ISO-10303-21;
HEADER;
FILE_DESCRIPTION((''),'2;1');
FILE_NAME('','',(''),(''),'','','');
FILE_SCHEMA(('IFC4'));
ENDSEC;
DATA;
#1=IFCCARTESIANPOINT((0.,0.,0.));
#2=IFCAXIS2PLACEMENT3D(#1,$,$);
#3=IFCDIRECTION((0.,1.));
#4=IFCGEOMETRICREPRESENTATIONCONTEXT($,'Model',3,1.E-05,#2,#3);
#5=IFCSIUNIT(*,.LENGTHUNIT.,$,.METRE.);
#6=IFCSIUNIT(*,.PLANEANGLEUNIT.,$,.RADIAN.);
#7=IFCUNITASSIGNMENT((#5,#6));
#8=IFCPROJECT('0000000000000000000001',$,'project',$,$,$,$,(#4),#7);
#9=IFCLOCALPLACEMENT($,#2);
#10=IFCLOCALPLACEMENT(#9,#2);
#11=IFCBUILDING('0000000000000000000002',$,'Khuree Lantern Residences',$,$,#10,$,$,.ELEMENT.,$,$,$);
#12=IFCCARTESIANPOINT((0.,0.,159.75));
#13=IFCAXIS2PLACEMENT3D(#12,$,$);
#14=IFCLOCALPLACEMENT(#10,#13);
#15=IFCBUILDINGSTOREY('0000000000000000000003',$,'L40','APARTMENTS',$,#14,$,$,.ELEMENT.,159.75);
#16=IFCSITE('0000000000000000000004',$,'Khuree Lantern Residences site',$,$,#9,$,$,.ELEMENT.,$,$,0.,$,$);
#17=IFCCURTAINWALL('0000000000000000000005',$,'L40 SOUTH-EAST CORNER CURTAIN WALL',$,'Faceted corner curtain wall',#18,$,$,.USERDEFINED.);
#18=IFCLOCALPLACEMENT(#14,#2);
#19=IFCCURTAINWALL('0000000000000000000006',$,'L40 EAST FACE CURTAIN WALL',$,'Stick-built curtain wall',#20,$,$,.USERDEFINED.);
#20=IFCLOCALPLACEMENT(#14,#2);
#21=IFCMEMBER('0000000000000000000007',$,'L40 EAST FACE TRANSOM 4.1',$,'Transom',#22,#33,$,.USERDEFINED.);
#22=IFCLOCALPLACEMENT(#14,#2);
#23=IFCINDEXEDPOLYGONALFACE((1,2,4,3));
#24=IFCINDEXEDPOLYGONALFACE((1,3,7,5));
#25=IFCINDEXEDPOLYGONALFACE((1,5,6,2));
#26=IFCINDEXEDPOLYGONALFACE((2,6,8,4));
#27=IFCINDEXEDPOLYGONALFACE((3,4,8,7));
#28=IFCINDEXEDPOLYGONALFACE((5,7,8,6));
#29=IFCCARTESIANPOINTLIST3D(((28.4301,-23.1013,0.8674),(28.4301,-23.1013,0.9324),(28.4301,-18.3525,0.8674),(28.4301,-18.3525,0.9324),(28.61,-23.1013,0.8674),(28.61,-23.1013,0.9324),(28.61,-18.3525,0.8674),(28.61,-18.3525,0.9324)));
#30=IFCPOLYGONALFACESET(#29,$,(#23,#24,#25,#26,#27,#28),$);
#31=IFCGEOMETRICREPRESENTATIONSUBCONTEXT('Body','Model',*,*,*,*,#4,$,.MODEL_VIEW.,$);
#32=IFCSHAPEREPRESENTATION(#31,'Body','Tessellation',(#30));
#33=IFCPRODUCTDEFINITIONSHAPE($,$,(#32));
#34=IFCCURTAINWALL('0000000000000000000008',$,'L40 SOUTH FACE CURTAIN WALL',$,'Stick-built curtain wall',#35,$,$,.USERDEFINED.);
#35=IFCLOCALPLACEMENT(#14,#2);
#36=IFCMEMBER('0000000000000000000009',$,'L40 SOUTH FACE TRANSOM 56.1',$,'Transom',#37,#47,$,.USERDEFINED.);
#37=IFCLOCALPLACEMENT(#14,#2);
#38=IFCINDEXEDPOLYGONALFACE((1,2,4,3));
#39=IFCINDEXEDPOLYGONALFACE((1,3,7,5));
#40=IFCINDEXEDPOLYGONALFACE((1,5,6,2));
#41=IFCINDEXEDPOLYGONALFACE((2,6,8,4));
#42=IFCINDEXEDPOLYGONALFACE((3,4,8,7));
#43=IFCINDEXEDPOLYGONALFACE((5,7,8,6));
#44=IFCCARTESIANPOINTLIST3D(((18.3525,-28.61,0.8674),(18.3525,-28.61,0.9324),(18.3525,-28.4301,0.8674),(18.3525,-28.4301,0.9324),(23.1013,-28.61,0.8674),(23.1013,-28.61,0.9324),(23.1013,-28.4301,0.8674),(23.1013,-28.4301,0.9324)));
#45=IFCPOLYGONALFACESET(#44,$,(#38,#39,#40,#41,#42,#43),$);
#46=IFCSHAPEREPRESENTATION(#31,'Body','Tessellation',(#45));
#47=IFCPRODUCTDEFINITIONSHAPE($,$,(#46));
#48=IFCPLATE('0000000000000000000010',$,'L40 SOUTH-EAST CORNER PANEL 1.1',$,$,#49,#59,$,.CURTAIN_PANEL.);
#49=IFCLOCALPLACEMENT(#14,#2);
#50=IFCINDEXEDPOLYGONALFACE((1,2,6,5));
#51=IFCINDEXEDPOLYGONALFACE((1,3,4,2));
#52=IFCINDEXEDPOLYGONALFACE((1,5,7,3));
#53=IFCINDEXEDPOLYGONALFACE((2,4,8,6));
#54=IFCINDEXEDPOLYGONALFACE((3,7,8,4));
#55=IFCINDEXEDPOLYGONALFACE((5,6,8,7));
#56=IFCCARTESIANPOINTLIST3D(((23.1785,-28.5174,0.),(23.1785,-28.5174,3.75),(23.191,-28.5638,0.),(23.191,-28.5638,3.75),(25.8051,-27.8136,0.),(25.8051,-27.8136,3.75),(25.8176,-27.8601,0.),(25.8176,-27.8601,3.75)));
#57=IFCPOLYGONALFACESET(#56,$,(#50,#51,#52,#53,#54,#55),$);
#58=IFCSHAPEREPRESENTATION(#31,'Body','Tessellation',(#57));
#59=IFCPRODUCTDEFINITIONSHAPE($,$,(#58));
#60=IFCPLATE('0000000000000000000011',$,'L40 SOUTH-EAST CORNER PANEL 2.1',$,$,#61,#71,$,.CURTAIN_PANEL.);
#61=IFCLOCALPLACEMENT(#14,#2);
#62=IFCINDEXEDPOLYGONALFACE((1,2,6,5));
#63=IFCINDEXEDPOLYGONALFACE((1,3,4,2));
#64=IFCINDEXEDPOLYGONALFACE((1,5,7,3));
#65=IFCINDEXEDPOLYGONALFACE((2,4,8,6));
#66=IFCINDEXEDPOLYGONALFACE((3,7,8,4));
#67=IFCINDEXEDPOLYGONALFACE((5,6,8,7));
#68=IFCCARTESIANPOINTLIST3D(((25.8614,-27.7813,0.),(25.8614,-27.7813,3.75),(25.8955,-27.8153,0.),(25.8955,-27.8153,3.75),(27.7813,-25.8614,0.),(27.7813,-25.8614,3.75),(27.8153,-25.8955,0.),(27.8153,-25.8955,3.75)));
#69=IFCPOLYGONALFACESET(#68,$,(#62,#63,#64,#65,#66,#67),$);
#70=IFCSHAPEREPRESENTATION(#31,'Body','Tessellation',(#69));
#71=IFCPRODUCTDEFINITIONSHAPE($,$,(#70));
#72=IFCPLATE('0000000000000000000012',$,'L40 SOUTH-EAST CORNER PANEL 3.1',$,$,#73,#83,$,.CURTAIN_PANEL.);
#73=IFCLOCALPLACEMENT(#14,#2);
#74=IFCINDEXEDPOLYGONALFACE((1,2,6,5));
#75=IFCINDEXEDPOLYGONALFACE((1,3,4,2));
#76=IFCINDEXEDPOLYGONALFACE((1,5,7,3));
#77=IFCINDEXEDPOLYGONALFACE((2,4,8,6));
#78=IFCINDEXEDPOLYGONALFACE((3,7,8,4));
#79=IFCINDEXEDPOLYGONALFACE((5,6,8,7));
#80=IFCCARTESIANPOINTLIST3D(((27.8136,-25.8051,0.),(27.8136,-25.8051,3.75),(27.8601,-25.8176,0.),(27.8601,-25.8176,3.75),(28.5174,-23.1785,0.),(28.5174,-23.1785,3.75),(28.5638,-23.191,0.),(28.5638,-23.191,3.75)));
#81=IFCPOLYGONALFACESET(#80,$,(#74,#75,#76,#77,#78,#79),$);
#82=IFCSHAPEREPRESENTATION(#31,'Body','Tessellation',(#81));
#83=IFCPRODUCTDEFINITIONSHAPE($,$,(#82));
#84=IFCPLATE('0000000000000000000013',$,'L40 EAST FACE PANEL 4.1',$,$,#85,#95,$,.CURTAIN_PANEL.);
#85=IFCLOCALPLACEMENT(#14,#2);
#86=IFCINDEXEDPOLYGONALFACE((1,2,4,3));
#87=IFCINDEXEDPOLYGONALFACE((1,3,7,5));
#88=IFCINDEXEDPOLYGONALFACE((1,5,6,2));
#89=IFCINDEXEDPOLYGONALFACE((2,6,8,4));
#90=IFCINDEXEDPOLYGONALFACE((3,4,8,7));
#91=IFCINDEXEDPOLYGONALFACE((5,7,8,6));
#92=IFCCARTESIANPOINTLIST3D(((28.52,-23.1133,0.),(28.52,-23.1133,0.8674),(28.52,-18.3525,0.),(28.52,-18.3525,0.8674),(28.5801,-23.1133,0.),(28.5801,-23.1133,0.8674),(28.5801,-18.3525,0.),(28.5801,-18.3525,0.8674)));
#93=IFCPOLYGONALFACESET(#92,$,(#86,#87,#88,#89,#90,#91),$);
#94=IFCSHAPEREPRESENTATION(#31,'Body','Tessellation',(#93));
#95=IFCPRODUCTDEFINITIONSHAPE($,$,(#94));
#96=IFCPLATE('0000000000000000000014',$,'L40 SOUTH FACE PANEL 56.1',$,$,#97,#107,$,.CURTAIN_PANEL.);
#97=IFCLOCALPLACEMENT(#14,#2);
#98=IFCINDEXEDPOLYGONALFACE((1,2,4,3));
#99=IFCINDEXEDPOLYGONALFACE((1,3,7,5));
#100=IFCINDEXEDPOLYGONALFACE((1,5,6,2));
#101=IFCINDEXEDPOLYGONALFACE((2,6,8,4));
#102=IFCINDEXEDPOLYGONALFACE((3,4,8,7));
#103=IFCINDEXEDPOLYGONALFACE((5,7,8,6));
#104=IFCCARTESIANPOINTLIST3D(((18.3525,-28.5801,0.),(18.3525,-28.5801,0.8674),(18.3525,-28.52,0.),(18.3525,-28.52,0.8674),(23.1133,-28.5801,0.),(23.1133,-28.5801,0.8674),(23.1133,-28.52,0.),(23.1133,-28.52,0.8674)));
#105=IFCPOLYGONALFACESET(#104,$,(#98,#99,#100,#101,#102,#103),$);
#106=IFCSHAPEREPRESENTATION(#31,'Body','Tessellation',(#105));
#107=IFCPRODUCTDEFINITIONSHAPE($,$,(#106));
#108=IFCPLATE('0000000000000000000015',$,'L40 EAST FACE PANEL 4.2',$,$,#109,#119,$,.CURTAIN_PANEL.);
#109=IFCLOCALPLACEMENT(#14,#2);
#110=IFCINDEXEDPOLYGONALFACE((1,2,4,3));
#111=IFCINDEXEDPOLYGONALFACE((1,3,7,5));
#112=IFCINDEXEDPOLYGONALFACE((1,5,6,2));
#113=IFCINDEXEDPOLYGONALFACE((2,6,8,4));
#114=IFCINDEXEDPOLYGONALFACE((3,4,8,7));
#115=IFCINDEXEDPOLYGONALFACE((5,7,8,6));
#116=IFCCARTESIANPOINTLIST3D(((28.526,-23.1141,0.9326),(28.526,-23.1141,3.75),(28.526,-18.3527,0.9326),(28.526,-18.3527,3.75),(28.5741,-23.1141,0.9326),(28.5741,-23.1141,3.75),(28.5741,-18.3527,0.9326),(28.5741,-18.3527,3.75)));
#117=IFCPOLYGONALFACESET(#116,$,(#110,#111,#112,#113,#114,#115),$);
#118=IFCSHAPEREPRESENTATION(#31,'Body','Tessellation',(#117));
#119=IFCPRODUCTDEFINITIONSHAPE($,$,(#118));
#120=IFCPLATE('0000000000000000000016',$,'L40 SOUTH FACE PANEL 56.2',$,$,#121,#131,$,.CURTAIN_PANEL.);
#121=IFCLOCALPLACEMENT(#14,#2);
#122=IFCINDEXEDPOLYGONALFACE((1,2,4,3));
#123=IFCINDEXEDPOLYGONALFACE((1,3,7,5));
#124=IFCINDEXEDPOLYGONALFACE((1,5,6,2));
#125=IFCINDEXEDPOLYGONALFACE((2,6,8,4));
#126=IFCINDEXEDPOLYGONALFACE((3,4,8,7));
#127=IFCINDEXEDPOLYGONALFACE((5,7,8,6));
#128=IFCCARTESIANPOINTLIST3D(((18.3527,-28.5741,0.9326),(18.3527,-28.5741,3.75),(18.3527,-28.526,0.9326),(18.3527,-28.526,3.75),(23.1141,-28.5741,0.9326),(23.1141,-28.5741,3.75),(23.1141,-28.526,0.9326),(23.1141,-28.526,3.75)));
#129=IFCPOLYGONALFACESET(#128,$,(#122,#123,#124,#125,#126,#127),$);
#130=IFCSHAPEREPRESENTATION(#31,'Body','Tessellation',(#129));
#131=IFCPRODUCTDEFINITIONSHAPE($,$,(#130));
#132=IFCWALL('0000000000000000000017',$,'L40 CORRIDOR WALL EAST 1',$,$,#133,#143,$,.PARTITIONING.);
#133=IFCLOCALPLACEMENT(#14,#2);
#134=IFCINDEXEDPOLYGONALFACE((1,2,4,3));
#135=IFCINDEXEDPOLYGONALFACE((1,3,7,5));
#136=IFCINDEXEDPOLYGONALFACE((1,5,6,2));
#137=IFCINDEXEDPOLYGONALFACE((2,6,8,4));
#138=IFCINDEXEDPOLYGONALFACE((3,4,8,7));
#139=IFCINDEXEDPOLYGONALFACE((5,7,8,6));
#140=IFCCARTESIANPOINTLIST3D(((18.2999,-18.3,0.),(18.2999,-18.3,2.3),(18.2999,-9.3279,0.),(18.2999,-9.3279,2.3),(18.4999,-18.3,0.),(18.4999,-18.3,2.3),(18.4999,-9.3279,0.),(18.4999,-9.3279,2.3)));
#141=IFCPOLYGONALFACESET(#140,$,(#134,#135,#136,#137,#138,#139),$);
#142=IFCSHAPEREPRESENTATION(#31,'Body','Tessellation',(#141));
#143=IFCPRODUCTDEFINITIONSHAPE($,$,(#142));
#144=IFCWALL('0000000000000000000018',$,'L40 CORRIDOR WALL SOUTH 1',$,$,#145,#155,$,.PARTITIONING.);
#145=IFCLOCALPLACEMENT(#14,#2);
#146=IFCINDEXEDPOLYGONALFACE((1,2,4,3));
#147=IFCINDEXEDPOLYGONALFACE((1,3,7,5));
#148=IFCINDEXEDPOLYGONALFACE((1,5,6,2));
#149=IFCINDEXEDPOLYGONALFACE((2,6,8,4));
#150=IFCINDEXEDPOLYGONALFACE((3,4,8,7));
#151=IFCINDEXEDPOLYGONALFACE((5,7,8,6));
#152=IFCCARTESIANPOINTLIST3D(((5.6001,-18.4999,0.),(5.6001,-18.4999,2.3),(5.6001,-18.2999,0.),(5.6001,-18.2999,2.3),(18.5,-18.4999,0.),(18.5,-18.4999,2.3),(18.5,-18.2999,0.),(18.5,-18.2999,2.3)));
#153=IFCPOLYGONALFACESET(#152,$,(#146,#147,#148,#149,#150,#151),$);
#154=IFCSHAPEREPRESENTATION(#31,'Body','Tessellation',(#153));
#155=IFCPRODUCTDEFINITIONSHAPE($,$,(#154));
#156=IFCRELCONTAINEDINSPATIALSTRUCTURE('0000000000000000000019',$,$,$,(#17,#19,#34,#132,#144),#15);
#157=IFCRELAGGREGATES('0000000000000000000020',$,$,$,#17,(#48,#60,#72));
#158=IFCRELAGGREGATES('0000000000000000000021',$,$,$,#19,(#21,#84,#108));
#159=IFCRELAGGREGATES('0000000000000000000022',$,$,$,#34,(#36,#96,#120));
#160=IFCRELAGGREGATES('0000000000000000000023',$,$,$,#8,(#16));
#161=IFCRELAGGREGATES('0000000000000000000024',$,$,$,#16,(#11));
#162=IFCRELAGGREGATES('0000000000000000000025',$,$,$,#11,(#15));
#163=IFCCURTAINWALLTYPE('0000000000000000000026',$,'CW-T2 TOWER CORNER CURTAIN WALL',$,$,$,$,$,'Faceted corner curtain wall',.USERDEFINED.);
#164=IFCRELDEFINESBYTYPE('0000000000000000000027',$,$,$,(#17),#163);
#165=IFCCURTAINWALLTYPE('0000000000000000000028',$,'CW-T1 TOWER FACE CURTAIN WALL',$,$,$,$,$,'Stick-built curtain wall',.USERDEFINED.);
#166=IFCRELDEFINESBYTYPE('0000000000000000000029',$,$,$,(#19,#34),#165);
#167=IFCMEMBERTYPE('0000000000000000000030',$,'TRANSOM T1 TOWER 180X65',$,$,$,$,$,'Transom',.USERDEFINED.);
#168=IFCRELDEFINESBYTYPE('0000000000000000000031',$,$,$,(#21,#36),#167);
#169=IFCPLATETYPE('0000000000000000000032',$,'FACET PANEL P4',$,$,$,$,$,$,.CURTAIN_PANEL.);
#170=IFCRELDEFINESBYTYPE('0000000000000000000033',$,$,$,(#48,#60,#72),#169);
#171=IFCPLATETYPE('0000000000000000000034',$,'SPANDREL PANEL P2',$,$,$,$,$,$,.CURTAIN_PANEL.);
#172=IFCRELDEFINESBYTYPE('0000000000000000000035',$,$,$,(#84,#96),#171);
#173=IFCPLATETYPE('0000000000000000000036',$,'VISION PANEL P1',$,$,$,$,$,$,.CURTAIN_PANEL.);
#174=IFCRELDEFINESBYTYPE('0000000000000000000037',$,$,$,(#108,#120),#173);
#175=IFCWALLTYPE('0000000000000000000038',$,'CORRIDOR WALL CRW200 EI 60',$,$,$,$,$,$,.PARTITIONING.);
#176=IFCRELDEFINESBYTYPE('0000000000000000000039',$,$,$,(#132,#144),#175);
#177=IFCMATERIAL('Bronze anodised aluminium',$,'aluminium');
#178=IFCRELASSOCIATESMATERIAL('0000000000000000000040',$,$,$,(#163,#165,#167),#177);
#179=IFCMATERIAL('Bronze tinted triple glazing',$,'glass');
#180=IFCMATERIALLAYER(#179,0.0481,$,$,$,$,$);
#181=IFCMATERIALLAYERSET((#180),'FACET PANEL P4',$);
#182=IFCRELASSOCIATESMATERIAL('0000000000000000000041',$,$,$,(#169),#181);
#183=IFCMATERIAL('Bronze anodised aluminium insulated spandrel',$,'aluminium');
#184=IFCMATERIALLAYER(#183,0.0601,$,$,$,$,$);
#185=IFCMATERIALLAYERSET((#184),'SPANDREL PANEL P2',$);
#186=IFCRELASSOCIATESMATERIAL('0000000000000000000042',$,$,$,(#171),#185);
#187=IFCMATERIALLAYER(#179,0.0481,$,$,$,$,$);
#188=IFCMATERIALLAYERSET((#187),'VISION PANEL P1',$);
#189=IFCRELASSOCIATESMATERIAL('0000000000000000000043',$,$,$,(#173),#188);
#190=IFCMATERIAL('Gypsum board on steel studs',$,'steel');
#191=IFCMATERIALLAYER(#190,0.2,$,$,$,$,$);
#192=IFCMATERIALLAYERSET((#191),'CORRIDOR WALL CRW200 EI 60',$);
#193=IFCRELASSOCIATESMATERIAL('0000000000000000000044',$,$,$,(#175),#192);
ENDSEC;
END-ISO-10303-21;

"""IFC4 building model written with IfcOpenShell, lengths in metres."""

from ifc_helpers import new_model, si_unit, direction, frame, frame_2d, origin, origin_2d, place, context, subcontext, project, spatial, rectangle, extrude, material, layer, layer_set, material_profile, profile_set, type_object, element, aggregate, save


model = new_model("IFC4")

# Units and contexts
model_context = context("Model", 3, precision=1e-05, world=origin(), true_north=direction((0.0, 1.0)))
body_context = subcontext(model_context, "Body", "Model", "MODEL_VIEW")
ifc_project = project(units=[si_unit("LENGTHUNIT", "METRE"), si_unit("PLANEANGLEUNIT", "RADIAN")], contexts=[model_context])

# Site, building, storey
site_placement = place(None, origin())
site = spatial("IfcSite", under=ifc_project, at=site_placement, Name="Khuree Lantern Residences site", CompositionType="ELEMENT", RefElevation=0.0)
building_placement = place(site_placement, origin())
building = spatial("IfcBuilding", under=site, at=building_placement, Name="Khuree Lantern Residences", CompositionType="ELEMENT")
storey_placement = place(building_placement, frame((0.0, 0.0, 159.75)))
storey = spatial("IfcBuildingStorey", under=building, at=storey_placement, Name="L40", Description="APARTMENTS", CompositionType="ELEMENT", Elevation=159.75)

# Curtain wall
ifc_material_1 = material(Name="Bronze anodised aluminium", Category="aluminium")
curtain_wall_type_1 = type_object("IfcCurtainWallType", Name="CW-T2 TOWER CORNER CURTAIN WALL", ElementType="Faceted corner curtain wall", PredefinedType="USERDEFINED", material=ifc_material_1)
curtain_wall_1_placement = place(storey_placement, origin())
curtain_wall_1 = element("IfcCurtainWall", 1, at=curtain_wall_1_placement, inside=storey, type_object=curtain_wall_type_1, Name="L40 SOUTH-EAST CORNER CURTAIN WALL", ObjectType="Faceted corner curtain wall", PredefinedType="USERDEFINED")

# Curtain wall, member
curtain_wall_type_2 = type_object("IfcCurtainWallType", Name="CW-T1 TOWER FACE CURTAIN WALL", ElementType="Stick-built curtain wall", PredefinedType="USERDEFINED", material=ifc_material_1)
curtain_wall_2_placement = place(storey_placement, origin())
curtain_wall_2 = element("IfcCurtainWall", 2, at=curtain_wall_2_placement, inside=storey, type_object=curtain_wall_type_2, Name="L40 EAST FACE CURTAIN WALL", ObjectType="Stick-built curtain wall", PredefinedType="USERDEFINED")
ifc_material_profile_1 = material_profile(ifc_material_1, rectangle(XDim=0.1799, YDim=0.0649, at=origin_2d()), Name="T1 180X65")
ifc_profile_set_1 = profile_set([ifc_material_profile_1], Name="Bronze anodised aluminium")
member_type_1 = type_object("IfcMemberType", Name="TRANSOM T1 TOWER 180X65", ElementType="Transom", PredefinedType="USERDEFINED", material=ifc_profile_set_1)
member_1_placement = place(storey_placement, frame((28.52, -23.1013, 0.8999), z_axis=(0.0, 1.0, 0.0), x_axis=(-1.0, 0.0, 0.0)))
member_1 = element("IfcMember", 3, at=member_1_placement, type_object=member_type_1, Name="L40 EAST FACE TRANSOM 4.1", ObjectType="Transom", PredefinedType="USERDEFINED", context=body_context, shape_type="SweptSolid", body=[
    extrude(rectangle(XDim=0.1799, YDim=0.0649, at=origin_2d()), origin(), (0.0, 0.0, 1.0), 4.7488),
])

# Curtain wall, member
curtain_wall_3_placement = place(storey_placement, origin())
curtain_wall_3 = element("IfcCurtainWall", 4, at=curtain_wall_3_placement, inside=storey, type_object=curtain_wall_type_2, Name="L40 SOUTH FACE CURTAIN WALL", ObjectType="Stick-built curtain wall", PredefinedType="USERDEFINED")
member_2_placement = place(storey_placement, frame((18.3525, -28.52, 0.8999), z_axis=(1.0, 0.0, 0.0), x_axis=(0.0, 1.0, 0.0)))
member_2 = element("IfcMember", 5, at=member_2_placement, type_object=member_type_1, Name="L40 SOUTH FACE TRANSOM 56.1", ObjectType="Transom", PredefinedType="USERDEFINED", context=body_context, shape_type="SweptSolid", body=[
    extrude(rectangle(XDim=0.1799, YDim=0.0649, at=origin_2d()), origin(), (0.0, 0.0, 1.0), 4.7488),
])

# Plates
ifc_material_2 = material(Name="Bronze tinted triple glazing", Category="glass")
ifc_layer_1 = layer(ifc_material_2, 0.0481)
ifc_layer_set_1 = layer_set([ifc_layer_1], Name="FACET PANEL P4")
plate_type_1 = type_object("IfcPlateType", Name="FACET PANEL P4", PredefinedType="CURTAIN_PANEL", material=ifc_layer_set_1)
plate_1_placement = place(storey_placement, frame((24.498, -28.1887, 0.0), z_axis=(0.0, 0.0, 1.0), x_axis=(0.965926, 0.258819, 0.0)))
plate_1 = element("IfcPlate", 6, at=plate_1_placement, type_object=plate_type_1, Name="L40 SOUTH-EAST CORNER PANEL 1.1", PredefinedType="CURTAIN_PANEL", context=body_context, shape_type="SweptSolid", body=[
    extrude(rectangle(XDim=2.7192, YDim=0.0481, at=origin_2d()), origin(), (0.0, 0.0, 1.0), 3.75),
])
plate_2_placement = place(storey_placement, frame((26.8384, -26.8384, 0.0), z_axis=(0.0, 0.0, 1.0), x_axis=(0.707107, 0.707107, 0.0)))
plate_2 = element("IfcPlate", 7, at=plate_2_placement, type_object=plate_type_1, Name="L40 SOUTH-EAST CORNER PANEL 2.1", PredefinedType="CURTAIN_PANEL", context=body_context, shape_type="SweptSolid", body=[
    extrude(rectangle(XDim=2.7151, YDim=0.0481, at=origin_2d()), origin(), (0.0, 0.0, 1.0), 3.75),
])
plate_3_placement = place(storey_placement, frame((28.1887, -24.498, 0.0), z_axis=(0.0, 0.0, 1.0), x_axis=(0.258819, 0.965926, 0.0)))
plate_3 = element("IfcPlate", 8, at=plate_3_placement, type_object=plate_type_1, Name="L40 SOUTH-EAST CORNER PANEL 3.1", PredefinedType="CURTAIN_PANEL", context=body_context, shape_type="SweptSolid", body=[
    extrude(rectangle(XDim=2.7192, YDim=0.0481, at=origin_2d()), origin(), (0.0, 0.0, 1.0), 3.75),
])
aggregate(curtain_wall_1, [plate_1, plate_2, plate_3])
ifc_material_3 = material(Name="Bronze anodised aluminium insulated spandrel", Category="aluminium")
ifc_layer_2 = layer(ifc_material_3, 0.0601)
ifc_layer_set_2 = layer_set([ifc_layer_2], Name="SPANDREL PANEL P2")
plate_type_2 = type_object("IfcPlateType", Name="SPANDREL PANEL P2", PredefinedType="CURTAIN_PANEL", material=ifc_layer_set_2)
plate_4_placement = place(storey_placement, frame((28.55, -20.7329, 0.0), z_axis=(0.0, 0.0, 1.0), x_axis=(0.0, 1.0, 0.0)))
plate_4 = element("IfcPlate", 9, at=plate_4_placement, type_object=plate_type_2, Name="L40 EAST FACE PANEL 4.1", PredefinedType="CURTAIN_PANEL", context=body_context, shape_type="SweptSolid", body=[
    extrude(rectangle(XDim=4.7607, YDim=0.0601, at=origin_2d()), origin(), (0.0, 0.0, 1.0), 0.8674),
])
plate_5_placement = place(storey_placement, frame((20.7329, -28.55, 0.0), z_axis=(0.0, 0.0, 1.0), x_axis=(1.0, 0.0, 0.0)))
plate_5 = element("IfcPlate", 10, at=plate_5_placement, type_object=plate_type_2, Name="L40 SOUTH FACE PANEL 56.1", PredefinedType="CURTAIN_PANEL", context=body_context, shape_type="SweptSolid", body=[
    extrude(rectangle(XDim=4.7607, YDim=0.0601, at=origin_2d()), origin(), (0.0, 0.0, 1.0), 0.8674),
])
ifc_layer_3 = layer(ifc_material_2, 0.0481)
ifc_layer_set_3 = layer_set([ifc_layer_3], Name="VISION PANEL P1")
plate_type_3 = type_object("IfcPlateType", Name="VISION PANEL P1", PredefinedType="CURTAIN_PANEL", material=ifc_layer_set_3)
plate_6_placement = place(storey_placement, frame((28.55, -20.7334, 0.9326), z_axis=(0.0, 0.0, 1.0), x_axis=(0.0, 1.0, 0.0)))
plate_6 = element("IfcPlate", 11, at=plate_6_placement, type_object=plate_type_3, Name="L40 EAST FACE PANEL 4.2", PredefinedType="CURTAIN_PANEL", context=body_context, shape_type="SweptSolid", body=[
    extrude(rectangle(XDim=4.7615, YDim=0.0481, at=origin_2d()), origin(), (0.0, 0.0, 1.0), 2.8174),
])
aggregate(curtain_wall_2, [member_1, plate_4, plate_6])
plate_7_placement = place(storey_placement, frame((20.7334, -28.55, 0.9326), z_axis=(0.0, 0.0, 1.0), x_axis=(1.0, 0.0, 0.0)))
plate_7 = element("IfcPlate", 12, at=plate_7_placement, type_object=plate_type_3, Name="L40 SOUTH FACE PANEL 56.2", PredefinedType="CURTAIN_PANEL", context=body_context, shape_type="SweptSolid", body=[
    extrude(rectangle(XDim=4.7615, YDim=0.0481, at=origin_2d()), origin(), (0.0, 0.0, 1.0), 2.8174),
])
aggregate(curtain_wall_3, [member_2, plate_5, plate_7])

# Walls
ifc_material_4 = material(Name="Gypsum board on steel studs", Category="steel")
ifc_layer_4 = layer(ifc_material_4, 0.2)
ifc_layer_set_4 = layer_set([ifc_layer_4], Name="CORRIDOR WALL CRW200 EI 60")
wall_type = type_object("IfcWallType", Name="CORRIDOR WALL CRW200 EI 60", PredefinedType="PARTITIONING", material=ifc_layer_set_4)
wall_1_placement = place(storey_placement, frame((18.3999, -18.3, 0.0), z_axis=(0.0, 0.0, 1.0), x_axis=(0.0, 1.0, 0.0)))
element("IfcWall", 13, at=wall_1_placement, inside=storey, type_object=wall_type, Name="L40 CORRIDOR WALL EAST 1", PredefinedType="PARTITIONING", context=body_context, shape_type="SweptSolid", body=[
    extrude(rectangle(XDim=8.9722, YDim=0.2, at=frame_2d((4.4861, 0.0))), origin(), (0.0, 0.0, 1.0), 2.3),
])
wall_2_placement = place(storey_placement, frame((18.5, -18.3999, 0.0), z_axis=(0.0, 0.0, 1.0), x_axis=(-1.0, 0.0, 0.0)))
element("IfcWall", 14, at=wall_2_placement, inside=storey, type_object=wall_type, Name="L40 CORRIDOR WALL SOUTH 1", PredefinedType="PARTITIONING", context=body_context, shape_type="SweptSolid", body=[
    extrude(rectangle(XDim=12.8999, YDim=0.2, at=frame_2d((6.45, 0.0))), origin(), (0.0, 0.0, 1.0), 2.3),
])

save(model, "model.ifc")
